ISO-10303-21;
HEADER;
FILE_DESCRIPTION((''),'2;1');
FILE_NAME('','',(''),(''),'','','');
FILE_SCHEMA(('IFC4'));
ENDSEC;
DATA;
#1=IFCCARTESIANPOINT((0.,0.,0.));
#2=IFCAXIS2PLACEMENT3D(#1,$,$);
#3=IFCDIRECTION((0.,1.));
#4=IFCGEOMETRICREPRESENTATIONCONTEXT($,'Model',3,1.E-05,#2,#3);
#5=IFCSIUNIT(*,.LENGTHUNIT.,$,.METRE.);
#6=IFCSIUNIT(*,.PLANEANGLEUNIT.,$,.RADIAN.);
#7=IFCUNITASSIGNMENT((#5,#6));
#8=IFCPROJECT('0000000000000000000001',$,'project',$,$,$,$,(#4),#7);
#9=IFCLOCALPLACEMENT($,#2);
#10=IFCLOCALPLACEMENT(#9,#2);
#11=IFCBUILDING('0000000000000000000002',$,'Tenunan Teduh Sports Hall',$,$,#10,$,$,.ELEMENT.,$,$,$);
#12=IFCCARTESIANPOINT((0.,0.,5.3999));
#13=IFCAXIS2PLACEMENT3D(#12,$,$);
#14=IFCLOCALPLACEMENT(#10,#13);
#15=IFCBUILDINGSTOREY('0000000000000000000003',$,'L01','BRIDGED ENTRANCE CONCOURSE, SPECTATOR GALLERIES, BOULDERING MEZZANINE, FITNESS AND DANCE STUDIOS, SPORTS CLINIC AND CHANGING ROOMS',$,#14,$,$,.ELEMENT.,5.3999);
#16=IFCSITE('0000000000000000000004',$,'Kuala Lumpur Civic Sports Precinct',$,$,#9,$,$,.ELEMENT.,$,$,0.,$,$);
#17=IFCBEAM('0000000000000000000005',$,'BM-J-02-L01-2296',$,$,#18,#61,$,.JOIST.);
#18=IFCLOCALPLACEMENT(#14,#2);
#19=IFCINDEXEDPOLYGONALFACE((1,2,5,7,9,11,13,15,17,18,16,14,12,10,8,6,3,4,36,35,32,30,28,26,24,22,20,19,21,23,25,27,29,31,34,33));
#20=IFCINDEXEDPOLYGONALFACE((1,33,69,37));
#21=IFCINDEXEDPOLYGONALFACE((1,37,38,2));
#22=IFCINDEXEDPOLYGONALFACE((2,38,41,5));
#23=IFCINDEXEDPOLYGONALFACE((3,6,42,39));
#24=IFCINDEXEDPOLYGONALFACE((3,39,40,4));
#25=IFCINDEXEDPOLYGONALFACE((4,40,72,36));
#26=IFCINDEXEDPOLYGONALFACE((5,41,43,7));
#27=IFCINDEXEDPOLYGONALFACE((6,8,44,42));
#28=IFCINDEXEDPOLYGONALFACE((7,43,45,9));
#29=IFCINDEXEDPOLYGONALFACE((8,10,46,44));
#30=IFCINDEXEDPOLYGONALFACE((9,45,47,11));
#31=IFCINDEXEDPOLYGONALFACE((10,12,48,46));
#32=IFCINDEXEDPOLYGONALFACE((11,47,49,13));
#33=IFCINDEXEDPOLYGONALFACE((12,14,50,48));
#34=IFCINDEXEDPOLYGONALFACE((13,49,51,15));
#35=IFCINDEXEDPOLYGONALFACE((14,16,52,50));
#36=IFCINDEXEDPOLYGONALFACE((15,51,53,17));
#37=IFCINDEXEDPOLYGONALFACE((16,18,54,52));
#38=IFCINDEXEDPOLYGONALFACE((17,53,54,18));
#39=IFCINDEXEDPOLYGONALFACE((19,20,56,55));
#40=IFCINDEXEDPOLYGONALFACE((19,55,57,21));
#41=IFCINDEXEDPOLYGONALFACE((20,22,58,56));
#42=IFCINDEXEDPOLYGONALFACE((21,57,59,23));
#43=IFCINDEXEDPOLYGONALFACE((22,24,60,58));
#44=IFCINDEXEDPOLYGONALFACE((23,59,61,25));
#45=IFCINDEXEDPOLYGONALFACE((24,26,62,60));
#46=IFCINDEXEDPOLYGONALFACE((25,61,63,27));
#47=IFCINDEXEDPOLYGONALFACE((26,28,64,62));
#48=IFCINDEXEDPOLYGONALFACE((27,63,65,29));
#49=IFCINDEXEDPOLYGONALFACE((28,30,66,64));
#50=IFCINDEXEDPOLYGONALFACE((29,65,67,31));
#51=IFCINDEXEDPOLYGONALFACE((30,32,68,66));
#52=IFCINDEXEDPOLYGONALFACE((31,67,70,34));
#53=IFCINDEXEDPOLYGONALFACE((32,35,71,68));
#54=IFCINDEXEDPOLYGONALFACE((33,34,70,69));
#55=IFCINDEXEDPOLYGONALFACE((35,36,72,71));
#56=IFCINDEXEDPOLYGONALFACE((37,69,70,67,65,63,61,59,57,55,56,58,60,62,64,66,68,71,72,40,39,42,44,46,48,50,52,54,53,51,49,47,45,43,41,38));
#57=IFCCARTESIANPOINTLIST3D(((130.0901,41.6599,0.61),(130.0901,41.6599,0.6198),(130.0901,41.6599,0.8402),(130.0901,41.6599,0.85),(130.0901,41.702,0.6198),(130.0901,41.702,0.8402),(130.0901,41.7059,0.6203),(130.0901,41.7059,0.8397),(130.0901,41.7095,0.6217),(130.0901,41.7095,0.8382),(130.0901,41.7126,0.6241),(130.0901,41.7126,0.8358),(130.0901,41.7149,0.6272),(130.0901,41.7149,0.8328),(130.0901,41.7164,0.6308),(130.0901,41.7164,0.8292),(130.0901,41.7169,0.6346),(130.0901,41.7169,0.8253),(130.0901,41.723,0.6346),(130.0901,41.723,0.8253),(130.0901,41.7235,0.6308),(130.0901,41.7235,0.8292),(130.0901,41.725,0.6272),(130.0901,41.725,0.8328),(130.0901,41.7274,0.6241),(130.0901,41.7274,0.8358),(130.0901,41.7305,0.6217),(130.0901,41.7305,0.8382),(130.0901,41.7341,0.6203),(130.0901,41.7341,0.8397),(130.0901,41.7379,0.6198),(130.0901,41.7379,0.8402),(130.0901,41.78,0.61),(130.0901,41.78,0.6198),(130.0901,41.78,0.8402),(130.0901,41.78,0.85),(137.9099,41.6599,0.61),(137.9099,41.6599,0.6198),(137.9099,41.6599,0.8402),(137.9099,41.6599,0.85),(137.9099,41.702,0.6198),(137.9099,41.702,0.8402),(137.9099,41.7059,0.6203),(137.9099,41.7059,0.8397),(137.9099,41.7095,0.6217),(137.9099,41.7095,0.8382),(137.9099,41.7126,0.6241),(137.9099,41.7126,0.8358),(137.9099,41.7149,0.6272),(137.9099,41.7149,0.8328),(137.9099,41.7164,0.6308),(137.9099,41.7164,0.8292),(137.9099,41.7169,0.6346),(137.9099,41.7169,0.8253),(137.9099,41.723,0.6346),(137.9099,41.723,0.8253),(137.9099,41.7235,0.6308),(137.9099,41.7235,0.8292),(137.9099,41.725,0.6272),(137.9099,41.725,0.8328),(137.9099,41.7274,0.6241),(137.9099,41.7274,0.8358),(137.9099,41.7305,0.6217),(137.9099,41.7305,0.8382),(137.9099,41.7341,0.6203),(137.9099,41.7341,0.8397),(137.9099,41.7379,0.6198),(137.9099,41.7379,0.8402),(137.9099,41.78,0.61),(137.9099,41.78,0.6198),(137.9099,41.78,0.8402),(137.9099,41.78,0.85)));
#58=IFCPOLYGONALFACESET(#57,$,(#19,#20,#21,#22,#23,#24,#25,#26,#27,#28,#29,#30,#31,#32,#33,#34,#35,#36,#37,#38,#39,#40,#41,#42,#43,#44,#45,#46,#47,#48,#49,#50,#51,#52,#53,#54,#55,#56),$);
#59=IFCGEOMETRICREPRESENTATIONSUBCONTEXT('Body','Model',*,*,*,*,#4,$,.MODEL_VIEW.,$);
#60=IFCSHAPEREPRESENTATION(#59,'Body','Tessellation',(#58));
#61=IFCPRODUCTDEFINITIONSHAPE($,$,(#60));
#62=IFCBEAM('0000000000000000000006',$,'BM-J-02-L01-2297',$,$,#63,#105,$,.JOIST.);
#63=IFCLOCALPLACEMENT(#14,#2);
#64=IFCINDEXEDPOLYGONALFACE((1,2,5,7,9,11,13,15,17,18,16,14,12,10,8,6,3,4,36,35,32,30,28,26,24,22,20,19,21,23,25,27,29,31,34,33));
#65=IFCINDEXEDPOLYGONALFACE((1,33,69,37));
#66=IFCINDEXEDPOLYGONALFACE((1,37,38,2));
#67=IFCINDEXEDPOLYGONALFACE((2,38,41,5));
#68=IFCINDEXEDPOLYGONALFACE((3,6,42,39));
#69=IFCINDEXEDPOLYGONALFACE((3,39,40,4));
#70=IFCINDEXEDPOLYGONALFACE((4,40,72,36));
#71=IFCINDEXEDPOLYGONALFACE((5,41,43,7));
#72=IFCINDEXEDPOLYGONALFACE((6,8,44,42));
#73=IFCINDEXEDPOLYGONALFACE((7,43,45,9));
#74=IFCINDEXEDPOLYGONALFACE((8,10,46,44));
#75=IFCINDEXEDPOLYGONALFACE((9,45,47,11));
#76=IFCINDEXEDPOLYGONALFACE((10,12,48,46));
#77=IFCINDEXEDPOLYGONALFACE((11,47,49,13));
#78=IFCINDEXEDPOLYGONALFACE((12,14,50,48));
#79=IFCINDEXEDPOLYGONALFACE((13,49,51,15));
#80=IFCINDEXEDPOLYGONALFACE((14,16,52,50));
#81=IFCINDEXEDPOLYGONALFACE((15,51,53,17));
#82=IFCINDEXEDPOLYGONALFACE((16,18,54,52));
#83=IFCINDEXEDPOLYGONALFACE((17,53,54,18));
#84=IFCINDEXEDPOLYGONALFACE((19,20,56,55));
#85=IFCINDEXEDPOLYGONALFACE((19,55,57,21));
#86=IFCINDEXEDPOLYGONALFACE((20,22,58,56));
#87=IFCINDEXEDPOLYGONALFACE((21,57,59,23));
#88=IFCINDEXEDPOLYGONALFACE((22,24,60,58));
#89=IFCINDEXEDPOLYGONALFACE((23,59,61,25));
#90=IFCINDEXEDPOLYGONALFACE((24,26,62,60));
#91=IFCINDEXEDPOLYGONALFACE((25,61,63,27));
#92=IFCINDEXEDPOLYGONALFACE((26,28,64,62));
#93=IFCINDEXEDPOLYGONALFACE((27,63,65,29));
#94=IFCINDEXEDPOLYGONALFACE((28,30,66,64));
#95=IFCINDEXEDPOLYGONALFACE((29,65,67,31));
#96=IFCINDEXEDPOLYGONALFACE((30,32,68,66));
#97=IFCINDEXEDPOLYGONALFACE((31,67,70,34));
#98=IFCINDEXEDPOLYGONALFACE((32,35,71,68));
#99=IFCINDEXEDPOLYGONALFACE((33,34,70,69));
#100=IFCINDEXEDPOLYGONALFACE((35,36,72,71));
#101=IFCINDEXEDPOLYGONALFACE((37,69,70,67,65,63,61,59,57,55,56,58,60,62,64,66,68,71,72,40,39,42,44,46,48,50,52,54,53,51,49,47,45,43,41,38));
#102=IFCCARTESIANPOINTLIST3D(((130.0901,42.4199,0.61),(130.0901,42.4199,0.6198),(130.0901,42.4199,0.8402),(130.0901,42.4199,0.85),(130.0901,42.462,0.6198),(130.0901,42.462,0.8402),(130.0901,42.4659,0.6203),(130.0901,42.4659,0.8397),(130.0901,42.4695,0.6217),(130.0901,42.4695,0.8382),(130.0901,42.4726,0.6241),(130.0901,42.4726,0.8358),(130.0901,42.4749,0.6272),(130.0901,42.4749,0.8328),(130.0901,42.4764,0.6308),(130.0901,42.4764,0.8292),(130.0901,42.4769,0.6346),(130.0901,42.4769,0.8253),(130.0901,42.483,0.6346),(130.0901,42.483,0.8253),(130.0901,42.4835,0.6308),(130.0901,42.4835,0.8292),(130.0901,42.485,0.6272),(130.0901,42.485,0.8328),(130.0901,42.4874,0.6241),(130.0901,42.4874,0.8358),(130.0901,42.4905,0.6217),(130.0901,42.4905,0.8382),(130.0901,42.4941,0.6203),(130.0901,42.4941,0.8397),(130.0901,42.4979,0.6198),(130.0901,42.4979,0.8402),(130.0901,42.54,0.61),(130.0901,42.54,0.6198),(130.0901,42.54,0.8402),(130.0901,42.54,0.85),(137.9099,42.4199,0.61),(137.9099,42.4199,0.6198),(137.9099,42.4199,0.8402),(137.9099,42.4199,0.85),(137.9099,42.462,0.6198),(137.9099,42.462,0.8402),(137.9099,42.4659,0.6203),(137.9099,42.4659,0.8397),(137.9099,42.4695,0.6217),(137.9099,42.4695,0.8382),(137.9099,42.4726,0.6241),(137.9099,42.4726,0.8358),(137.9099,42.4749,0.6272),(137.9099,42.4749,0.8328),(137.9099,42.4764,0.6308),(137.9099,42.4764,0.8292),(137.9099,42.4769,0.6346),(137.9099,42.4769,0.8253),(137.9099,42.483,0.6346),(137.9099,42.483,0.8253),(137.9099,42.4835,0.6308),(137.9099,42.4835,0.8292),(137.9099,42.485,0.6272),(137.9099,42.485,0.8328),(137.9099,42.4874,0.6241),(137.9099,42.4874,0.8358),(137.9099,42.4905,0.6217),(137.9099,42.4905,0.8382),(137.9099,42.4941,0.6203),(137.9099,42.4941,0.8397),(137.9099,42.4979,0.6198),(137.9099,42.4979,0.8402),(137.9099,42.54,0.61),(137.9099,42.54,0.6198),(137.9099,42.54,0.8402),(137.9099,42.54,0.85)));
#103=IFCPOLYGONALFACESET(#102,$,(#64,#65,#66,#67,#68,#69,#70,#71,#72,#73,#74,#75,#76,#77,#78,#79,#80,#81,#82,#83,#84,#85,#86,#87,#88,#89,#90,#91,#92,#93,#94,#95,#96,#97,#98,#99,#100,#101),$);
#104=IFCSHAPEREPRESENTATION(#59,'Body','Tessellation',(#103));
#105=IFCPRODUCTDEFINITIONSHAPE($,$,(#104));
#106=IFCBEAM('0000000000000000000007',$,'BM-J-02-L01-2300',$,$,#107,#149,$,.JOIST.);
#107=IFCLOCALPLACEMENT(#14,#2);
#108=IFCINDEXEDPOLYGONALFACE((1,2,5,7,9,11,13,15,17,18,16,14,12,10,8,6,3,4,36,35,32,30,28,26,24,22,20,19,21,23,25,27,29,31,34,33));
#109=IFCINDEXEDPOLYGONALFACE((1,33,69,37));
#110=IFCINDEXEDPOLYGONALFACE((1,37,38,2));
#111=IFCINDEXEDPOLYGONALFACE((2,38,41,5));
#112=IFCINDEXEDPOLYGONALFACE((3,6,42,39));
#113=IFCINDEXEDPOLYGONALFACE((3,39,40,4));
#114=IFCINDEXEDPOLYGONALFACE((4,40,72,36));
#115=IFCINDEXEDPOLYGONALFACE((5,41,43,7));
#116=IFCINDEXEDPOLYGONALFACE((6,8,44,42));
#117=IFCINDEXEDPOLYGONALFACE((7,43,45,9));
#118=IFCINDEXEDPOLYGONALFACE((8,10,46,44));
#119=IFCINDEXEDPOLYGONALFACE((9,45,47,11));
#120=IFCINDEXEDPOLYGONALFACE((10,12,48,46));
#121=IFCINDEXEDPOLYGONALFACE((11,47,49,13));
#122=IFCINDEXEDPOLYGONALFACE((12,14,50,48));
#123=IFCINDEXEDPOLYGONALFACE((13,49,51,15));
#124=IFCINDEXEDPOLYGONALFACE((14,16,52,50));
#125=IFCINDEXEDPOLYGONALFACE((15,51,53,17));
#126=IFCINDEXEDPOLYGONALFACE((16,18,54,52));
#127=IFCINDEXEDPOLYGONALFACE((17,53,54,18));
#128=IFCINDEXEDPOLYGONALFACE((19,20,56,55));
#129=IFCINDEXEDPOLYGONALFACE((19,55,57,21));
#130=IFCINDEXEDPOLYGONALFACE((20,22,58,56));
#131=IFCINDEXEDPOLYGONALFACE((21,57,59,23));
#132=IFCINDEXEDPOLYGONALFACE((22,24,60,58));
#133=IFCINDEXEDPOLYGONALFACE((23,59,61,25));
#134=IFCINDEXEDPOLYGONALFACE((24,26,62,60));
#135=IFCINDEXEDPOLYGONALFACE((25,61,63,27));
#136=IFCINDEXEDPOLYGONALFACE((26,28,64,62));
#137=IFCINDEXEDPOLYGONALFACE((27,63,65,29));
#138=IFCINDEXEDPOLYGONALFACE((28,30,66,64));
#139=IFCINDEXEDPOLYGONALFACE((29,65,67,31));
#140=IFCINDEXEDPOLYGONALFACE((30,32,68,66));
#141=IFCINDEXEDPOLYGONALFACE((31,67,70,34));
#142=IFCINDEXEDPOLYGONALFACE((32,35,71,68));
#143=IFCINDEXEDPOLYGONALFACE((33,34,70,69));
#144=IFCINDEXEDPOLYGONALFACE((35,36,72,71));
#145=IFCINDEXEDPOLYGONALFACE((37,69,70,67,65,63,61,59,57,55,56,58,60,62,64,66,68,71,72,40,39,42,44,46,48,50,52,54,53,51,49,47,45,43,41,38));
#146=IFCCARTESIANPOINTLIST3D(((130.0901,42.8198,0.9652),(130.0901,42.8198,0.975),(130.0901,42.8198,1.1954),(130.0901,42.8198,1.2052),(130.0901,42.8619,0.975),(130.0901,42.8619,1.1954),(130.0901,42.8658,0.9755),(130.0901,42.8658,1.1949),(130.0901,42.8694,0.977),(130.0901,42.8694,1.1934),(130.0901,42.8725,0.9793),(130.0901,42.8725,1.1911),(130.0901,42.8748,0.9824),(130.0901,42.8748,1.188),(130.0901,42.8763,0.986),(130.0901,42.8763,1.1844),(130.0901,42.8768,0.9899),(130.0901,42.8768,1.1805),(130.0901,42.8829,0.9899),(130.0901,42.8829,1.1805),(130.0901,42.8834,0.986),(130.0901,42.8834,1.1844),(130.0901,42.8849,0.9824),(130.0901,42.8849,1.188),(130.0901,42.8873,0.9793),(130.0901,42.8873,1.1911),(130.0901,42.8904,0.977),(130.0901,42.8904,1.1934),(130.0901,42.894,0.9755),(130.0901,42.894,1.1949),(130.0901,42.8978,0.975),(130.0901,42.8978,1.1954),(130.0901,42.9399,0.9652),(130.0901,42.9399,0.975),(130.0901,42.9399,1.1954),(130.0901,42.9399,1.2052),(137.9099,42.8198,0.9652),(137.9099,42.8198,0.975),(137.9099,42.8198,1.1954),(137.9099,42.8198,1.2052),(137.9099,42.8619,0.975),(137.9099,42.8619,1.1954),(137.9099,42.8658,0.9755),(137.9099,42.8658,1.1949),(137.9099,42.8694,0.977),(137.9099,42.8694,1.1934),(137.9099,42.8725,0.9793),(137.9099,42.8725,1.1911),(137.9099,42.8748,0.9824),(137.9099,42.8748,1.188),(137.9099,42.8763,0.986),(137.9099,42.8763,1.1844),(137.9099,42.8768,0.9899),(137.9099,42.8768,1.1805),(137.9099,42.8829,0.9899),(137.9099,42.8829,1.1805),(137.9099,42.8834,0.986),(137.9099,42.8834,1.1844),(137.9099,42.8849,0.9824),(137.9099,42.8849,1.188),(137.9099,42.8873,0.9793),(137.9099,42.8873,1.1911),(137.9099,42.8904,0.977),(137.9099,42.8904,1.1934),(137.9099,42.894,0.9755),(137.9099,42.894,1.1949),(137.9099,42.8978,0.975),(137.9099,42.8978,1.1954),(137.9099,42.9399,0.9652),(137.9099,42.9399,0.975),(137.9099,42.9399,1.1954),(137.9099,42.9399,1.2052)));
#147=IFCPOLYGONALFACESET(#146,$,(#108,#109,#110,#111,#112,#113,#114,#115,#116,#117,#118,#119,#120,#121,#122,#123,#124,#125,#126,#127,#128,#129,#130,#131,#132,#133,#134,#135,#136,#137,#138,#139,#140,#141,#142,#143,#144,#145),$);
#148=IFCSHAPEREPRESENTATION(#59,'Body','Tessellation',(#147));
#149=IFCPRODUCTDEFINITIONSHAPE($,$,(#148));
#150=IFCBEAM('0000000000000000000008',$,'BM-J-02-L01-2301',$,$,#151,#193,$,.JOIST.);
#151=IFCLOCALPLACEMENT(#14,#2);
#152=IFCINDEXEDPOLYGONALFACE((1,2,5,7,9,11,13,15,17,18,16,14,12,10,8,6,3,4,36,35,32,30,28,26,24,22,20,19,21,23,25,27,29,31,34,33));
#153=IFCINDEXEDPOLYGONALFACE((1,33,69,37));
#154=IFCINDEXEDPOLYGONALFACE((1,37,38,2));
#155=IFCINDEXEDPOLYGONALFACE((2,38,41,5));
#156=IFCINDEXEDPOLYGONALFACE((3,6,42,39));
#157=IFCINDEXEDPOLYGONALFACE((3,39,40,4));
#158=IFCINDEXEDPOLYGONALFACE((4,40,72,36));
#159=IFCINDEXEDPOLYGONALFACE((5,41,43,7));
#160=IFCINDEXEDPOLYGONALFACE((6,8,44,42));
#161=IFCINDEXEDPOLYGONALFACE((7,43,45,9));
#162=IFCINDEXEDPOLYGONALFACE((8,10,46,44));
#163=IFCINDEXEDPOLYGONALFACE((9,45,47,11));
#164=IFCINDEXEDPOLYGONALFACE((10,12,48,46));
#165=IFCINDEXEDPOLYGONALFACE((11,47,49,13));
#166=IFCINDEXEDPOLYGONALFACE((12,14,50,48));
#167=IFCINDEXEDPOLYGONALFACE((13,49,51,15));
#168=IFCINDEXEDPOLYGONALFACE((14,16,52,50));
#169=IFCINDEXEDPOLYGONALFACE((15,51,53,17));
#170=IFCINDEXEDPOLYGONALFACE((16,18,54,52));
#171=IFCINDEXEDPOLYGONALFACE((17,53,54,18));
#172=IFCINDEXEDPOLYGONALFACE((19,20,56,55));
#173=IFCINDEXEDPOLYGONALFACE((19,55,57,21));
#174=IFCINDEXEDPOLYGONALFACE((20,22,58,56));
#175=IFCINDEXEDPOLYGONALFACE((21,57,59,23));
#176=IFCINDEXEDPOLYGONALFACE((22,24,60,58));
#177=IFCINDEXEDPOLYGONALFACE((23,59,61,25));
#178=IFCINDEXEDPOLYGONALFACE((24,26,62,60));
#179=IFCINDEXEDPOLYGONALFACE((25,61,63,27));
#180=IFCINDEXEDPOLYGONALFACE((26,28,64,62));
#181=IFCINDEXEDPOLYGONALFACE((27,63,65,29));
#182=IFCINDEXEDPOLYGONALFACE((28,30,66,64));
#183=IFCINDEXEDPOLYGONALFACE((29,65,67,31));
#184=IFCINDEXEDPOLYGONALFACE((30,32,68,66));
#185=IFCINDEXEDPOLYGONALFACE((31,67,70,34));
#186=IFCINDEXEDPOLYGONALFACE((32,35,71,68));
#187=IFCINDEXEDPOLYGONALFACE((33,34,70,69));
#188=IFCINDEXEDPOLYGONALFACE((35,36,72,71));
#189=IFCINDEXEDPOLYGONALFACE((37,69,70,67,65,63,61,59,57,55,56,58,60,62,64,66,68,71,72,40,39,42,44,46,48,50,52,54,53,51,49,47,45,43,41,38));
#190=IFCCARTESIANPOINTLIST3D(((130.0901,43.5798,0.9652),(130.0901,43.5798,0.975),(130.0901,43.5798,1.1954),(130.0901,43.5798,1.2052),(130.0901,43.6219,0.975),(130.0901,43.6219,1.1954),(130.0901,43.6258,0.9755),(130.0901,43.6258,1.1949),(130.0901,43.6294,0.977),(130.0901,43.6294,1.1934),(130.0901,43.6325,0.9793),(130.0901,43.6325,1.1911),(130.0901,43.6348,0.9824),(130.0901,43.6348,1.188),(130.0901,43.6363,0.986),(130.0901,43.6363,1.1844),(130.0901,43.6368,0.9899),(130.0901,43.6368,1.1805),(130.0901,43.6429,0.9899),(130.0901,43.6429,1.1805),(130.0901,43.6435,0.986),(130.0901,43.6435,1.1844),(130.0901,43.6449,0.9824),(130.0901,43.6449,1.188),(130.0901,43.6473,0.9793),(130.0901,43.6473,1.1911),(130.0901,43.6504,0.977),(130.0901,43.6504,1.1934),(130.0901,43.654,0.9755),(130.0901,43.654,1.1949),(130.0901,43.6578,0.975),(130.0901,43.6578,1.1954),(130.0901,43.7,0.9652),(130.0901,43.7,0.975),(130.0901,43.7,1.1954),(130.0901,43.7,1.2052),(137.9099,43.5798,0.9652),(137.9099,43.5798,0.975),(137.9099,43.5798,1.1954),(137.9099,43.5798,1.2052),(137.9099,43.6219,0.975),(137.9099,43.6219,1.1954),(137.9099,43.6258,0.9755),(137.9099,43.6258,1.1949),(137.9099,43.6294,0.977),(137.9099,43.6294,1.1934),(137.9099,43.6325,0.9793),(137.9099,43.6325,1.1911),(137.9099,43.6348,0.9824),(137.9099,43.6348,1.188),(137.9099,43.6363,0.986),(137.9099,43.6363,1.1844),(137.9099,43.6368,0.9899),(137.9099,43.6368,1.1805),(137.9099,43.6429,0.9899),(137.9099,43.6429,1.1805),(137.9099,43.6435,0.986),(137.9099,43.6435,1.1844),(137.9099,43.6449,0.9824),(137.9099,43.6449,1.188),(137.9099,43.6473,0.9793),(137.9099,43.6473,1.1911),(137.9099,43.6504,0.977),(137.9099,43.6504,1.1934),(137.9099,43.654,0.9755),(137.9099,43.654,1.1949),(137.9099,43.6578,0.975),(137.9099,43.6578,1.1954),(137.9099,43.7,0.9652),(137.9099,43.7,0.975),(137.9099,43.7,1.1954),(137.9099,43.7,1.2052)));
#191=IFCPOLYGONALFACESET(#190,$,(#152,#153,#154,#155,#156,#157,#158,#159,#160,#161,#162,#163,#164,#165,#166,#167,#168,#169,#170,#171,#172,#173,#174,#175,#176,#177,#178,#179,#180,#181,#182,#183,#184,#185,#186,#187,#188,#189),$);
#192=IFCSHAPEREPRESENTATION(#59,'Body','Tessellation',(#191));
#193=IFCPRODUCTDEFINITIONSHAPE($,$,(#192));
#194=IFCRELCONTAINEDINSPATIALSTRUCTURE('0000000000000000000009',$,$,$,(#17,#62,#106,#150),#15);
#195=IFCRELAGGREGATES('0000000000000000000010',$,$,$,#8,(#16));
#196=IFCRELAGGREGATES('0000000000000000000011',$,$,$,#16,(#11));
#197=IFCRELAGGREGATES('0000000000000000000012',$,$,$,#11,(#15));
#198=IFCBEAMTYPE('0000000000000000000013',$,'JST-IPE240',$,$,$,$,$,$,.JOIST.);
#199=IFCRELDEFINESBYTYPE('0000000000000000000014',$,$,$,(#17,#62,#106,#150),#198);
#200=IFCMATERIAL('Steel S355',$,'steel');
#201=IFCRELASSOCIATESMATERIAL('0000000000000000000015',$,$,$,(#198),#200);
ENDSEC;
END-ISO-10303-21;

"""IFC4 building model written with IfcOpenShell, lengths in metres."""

from ifc_helpers import new_model, si_unit, direction, frame, origin, origin_2d, place, context, subcontext, project, spatial, i_section, extrude, material, material_profile, profile_set, type_object, element, save


model = new_model("IFC4")

# Units and contexts
model_context = context("Model", 3, precision=1e-05, world=origin(), true_north=direction((0.0, 1.0)))
body_context = subcontext(model_context, "Body", "Model", "MODEL_VIEW")
ifc_project = project(units=[si_unit("LENGTHUNIT", "METRE"), si_unit("PLANEANGLEUNIT", "RADIAN")], contexts=[model_context])

# Site, building, storey
site_placement = place(None, origin())
site = spatial("IfcSite", under=ifc_project, at=site_placement, Name="Kuala Lumpur Civic Sports Precinct", CompositionType="ELEMENT", RefElevation=0.0)
building_placement = place(site_placement, origin())
building = spatial("IfcBuilding", under=site, at=building_placement, Name="Tenunan Teduh Sports Hall", CompositionType="ELEMENT")
storey_placement = place(building_placement, frame((0.0, 0.0, 5.3999)))
storey = spatial("IfcBuildingStorey", under=building, at=storey_placement, Name="L01", Description="BRIDGED ENTRANCE CONCOURSE, SPECTATOR GALLERIES, BOULDERING MEZZANINE, FITNESS AND DANCE STUDIOS, SPORTS CLINIC AND CHANGING ROOMS", CompositionType="ELEMENT", Elevation=5.3999)

# Beams
ifc_material_1 = material(Name="Steel S355", Category="steel")
ifc_material_profile_1 = material_profile(ifc_material_1, i_section(OverallWidth=0.1201, OverallDepth=0.24, WebThickness=0.0061, FlangeThickness=0.0098, FilletRadius=0.0149, at=origin_2d()), Name="IPE 240")
ifc_profile_set_1 = profile_set([ifc_material_profile_1], Name="Steel S355")
beam_type_1 = type_object("IfcBeamType", Name="JST-IPE240", PredefinedType="JOIST", material=ifc_profile_set_1)
for number, where, z_axis, x_axis, name in (
    (1, (130.0901, 41.72, 0.73), (1.0, 0.0, 0.0), (0.0, 1.0, 0.0), "BM-J-02-L01-2296"),
    (2, (130.0901, 42.48, 0.73), (1.0, 0.0, 0.0), (0.0, 1.0, 0.0), "BM-J-02-L01-2297"),
    (3, (130.0901, 42.8799, 1.0852), (1.0, 0.0, 0.0), (0.0, 1.0, 0.0), "BM-J-02-L01-2300"),
    (4, (130.0901, 43.6399, 1.0852), (1.0, 0.0, 0.0), (0.0, 1.0, 0.0), "BM-J-02-L01-2301"),
):
    element("IfcBeam", number, at=place(storey_placement, frame(where, z_axis=z_axis, x_axis=x_axis)), inside=storey, type_object=beam_type_1, Name=name, PredefinedType="JOIST", context=body_context, shape_type="SweptSolid", body=[
        extrude(i_section(OverallWidth=0.1201, OverallDepth=0.24, WebThickness=0.0061, FlangeThickness=0.0098, FilletRadius=0.0149, at=origin_2d()), origin(), (0.0, 0.0, 1.0), 7.8198),
    ])

save(model, "model.ifc")
